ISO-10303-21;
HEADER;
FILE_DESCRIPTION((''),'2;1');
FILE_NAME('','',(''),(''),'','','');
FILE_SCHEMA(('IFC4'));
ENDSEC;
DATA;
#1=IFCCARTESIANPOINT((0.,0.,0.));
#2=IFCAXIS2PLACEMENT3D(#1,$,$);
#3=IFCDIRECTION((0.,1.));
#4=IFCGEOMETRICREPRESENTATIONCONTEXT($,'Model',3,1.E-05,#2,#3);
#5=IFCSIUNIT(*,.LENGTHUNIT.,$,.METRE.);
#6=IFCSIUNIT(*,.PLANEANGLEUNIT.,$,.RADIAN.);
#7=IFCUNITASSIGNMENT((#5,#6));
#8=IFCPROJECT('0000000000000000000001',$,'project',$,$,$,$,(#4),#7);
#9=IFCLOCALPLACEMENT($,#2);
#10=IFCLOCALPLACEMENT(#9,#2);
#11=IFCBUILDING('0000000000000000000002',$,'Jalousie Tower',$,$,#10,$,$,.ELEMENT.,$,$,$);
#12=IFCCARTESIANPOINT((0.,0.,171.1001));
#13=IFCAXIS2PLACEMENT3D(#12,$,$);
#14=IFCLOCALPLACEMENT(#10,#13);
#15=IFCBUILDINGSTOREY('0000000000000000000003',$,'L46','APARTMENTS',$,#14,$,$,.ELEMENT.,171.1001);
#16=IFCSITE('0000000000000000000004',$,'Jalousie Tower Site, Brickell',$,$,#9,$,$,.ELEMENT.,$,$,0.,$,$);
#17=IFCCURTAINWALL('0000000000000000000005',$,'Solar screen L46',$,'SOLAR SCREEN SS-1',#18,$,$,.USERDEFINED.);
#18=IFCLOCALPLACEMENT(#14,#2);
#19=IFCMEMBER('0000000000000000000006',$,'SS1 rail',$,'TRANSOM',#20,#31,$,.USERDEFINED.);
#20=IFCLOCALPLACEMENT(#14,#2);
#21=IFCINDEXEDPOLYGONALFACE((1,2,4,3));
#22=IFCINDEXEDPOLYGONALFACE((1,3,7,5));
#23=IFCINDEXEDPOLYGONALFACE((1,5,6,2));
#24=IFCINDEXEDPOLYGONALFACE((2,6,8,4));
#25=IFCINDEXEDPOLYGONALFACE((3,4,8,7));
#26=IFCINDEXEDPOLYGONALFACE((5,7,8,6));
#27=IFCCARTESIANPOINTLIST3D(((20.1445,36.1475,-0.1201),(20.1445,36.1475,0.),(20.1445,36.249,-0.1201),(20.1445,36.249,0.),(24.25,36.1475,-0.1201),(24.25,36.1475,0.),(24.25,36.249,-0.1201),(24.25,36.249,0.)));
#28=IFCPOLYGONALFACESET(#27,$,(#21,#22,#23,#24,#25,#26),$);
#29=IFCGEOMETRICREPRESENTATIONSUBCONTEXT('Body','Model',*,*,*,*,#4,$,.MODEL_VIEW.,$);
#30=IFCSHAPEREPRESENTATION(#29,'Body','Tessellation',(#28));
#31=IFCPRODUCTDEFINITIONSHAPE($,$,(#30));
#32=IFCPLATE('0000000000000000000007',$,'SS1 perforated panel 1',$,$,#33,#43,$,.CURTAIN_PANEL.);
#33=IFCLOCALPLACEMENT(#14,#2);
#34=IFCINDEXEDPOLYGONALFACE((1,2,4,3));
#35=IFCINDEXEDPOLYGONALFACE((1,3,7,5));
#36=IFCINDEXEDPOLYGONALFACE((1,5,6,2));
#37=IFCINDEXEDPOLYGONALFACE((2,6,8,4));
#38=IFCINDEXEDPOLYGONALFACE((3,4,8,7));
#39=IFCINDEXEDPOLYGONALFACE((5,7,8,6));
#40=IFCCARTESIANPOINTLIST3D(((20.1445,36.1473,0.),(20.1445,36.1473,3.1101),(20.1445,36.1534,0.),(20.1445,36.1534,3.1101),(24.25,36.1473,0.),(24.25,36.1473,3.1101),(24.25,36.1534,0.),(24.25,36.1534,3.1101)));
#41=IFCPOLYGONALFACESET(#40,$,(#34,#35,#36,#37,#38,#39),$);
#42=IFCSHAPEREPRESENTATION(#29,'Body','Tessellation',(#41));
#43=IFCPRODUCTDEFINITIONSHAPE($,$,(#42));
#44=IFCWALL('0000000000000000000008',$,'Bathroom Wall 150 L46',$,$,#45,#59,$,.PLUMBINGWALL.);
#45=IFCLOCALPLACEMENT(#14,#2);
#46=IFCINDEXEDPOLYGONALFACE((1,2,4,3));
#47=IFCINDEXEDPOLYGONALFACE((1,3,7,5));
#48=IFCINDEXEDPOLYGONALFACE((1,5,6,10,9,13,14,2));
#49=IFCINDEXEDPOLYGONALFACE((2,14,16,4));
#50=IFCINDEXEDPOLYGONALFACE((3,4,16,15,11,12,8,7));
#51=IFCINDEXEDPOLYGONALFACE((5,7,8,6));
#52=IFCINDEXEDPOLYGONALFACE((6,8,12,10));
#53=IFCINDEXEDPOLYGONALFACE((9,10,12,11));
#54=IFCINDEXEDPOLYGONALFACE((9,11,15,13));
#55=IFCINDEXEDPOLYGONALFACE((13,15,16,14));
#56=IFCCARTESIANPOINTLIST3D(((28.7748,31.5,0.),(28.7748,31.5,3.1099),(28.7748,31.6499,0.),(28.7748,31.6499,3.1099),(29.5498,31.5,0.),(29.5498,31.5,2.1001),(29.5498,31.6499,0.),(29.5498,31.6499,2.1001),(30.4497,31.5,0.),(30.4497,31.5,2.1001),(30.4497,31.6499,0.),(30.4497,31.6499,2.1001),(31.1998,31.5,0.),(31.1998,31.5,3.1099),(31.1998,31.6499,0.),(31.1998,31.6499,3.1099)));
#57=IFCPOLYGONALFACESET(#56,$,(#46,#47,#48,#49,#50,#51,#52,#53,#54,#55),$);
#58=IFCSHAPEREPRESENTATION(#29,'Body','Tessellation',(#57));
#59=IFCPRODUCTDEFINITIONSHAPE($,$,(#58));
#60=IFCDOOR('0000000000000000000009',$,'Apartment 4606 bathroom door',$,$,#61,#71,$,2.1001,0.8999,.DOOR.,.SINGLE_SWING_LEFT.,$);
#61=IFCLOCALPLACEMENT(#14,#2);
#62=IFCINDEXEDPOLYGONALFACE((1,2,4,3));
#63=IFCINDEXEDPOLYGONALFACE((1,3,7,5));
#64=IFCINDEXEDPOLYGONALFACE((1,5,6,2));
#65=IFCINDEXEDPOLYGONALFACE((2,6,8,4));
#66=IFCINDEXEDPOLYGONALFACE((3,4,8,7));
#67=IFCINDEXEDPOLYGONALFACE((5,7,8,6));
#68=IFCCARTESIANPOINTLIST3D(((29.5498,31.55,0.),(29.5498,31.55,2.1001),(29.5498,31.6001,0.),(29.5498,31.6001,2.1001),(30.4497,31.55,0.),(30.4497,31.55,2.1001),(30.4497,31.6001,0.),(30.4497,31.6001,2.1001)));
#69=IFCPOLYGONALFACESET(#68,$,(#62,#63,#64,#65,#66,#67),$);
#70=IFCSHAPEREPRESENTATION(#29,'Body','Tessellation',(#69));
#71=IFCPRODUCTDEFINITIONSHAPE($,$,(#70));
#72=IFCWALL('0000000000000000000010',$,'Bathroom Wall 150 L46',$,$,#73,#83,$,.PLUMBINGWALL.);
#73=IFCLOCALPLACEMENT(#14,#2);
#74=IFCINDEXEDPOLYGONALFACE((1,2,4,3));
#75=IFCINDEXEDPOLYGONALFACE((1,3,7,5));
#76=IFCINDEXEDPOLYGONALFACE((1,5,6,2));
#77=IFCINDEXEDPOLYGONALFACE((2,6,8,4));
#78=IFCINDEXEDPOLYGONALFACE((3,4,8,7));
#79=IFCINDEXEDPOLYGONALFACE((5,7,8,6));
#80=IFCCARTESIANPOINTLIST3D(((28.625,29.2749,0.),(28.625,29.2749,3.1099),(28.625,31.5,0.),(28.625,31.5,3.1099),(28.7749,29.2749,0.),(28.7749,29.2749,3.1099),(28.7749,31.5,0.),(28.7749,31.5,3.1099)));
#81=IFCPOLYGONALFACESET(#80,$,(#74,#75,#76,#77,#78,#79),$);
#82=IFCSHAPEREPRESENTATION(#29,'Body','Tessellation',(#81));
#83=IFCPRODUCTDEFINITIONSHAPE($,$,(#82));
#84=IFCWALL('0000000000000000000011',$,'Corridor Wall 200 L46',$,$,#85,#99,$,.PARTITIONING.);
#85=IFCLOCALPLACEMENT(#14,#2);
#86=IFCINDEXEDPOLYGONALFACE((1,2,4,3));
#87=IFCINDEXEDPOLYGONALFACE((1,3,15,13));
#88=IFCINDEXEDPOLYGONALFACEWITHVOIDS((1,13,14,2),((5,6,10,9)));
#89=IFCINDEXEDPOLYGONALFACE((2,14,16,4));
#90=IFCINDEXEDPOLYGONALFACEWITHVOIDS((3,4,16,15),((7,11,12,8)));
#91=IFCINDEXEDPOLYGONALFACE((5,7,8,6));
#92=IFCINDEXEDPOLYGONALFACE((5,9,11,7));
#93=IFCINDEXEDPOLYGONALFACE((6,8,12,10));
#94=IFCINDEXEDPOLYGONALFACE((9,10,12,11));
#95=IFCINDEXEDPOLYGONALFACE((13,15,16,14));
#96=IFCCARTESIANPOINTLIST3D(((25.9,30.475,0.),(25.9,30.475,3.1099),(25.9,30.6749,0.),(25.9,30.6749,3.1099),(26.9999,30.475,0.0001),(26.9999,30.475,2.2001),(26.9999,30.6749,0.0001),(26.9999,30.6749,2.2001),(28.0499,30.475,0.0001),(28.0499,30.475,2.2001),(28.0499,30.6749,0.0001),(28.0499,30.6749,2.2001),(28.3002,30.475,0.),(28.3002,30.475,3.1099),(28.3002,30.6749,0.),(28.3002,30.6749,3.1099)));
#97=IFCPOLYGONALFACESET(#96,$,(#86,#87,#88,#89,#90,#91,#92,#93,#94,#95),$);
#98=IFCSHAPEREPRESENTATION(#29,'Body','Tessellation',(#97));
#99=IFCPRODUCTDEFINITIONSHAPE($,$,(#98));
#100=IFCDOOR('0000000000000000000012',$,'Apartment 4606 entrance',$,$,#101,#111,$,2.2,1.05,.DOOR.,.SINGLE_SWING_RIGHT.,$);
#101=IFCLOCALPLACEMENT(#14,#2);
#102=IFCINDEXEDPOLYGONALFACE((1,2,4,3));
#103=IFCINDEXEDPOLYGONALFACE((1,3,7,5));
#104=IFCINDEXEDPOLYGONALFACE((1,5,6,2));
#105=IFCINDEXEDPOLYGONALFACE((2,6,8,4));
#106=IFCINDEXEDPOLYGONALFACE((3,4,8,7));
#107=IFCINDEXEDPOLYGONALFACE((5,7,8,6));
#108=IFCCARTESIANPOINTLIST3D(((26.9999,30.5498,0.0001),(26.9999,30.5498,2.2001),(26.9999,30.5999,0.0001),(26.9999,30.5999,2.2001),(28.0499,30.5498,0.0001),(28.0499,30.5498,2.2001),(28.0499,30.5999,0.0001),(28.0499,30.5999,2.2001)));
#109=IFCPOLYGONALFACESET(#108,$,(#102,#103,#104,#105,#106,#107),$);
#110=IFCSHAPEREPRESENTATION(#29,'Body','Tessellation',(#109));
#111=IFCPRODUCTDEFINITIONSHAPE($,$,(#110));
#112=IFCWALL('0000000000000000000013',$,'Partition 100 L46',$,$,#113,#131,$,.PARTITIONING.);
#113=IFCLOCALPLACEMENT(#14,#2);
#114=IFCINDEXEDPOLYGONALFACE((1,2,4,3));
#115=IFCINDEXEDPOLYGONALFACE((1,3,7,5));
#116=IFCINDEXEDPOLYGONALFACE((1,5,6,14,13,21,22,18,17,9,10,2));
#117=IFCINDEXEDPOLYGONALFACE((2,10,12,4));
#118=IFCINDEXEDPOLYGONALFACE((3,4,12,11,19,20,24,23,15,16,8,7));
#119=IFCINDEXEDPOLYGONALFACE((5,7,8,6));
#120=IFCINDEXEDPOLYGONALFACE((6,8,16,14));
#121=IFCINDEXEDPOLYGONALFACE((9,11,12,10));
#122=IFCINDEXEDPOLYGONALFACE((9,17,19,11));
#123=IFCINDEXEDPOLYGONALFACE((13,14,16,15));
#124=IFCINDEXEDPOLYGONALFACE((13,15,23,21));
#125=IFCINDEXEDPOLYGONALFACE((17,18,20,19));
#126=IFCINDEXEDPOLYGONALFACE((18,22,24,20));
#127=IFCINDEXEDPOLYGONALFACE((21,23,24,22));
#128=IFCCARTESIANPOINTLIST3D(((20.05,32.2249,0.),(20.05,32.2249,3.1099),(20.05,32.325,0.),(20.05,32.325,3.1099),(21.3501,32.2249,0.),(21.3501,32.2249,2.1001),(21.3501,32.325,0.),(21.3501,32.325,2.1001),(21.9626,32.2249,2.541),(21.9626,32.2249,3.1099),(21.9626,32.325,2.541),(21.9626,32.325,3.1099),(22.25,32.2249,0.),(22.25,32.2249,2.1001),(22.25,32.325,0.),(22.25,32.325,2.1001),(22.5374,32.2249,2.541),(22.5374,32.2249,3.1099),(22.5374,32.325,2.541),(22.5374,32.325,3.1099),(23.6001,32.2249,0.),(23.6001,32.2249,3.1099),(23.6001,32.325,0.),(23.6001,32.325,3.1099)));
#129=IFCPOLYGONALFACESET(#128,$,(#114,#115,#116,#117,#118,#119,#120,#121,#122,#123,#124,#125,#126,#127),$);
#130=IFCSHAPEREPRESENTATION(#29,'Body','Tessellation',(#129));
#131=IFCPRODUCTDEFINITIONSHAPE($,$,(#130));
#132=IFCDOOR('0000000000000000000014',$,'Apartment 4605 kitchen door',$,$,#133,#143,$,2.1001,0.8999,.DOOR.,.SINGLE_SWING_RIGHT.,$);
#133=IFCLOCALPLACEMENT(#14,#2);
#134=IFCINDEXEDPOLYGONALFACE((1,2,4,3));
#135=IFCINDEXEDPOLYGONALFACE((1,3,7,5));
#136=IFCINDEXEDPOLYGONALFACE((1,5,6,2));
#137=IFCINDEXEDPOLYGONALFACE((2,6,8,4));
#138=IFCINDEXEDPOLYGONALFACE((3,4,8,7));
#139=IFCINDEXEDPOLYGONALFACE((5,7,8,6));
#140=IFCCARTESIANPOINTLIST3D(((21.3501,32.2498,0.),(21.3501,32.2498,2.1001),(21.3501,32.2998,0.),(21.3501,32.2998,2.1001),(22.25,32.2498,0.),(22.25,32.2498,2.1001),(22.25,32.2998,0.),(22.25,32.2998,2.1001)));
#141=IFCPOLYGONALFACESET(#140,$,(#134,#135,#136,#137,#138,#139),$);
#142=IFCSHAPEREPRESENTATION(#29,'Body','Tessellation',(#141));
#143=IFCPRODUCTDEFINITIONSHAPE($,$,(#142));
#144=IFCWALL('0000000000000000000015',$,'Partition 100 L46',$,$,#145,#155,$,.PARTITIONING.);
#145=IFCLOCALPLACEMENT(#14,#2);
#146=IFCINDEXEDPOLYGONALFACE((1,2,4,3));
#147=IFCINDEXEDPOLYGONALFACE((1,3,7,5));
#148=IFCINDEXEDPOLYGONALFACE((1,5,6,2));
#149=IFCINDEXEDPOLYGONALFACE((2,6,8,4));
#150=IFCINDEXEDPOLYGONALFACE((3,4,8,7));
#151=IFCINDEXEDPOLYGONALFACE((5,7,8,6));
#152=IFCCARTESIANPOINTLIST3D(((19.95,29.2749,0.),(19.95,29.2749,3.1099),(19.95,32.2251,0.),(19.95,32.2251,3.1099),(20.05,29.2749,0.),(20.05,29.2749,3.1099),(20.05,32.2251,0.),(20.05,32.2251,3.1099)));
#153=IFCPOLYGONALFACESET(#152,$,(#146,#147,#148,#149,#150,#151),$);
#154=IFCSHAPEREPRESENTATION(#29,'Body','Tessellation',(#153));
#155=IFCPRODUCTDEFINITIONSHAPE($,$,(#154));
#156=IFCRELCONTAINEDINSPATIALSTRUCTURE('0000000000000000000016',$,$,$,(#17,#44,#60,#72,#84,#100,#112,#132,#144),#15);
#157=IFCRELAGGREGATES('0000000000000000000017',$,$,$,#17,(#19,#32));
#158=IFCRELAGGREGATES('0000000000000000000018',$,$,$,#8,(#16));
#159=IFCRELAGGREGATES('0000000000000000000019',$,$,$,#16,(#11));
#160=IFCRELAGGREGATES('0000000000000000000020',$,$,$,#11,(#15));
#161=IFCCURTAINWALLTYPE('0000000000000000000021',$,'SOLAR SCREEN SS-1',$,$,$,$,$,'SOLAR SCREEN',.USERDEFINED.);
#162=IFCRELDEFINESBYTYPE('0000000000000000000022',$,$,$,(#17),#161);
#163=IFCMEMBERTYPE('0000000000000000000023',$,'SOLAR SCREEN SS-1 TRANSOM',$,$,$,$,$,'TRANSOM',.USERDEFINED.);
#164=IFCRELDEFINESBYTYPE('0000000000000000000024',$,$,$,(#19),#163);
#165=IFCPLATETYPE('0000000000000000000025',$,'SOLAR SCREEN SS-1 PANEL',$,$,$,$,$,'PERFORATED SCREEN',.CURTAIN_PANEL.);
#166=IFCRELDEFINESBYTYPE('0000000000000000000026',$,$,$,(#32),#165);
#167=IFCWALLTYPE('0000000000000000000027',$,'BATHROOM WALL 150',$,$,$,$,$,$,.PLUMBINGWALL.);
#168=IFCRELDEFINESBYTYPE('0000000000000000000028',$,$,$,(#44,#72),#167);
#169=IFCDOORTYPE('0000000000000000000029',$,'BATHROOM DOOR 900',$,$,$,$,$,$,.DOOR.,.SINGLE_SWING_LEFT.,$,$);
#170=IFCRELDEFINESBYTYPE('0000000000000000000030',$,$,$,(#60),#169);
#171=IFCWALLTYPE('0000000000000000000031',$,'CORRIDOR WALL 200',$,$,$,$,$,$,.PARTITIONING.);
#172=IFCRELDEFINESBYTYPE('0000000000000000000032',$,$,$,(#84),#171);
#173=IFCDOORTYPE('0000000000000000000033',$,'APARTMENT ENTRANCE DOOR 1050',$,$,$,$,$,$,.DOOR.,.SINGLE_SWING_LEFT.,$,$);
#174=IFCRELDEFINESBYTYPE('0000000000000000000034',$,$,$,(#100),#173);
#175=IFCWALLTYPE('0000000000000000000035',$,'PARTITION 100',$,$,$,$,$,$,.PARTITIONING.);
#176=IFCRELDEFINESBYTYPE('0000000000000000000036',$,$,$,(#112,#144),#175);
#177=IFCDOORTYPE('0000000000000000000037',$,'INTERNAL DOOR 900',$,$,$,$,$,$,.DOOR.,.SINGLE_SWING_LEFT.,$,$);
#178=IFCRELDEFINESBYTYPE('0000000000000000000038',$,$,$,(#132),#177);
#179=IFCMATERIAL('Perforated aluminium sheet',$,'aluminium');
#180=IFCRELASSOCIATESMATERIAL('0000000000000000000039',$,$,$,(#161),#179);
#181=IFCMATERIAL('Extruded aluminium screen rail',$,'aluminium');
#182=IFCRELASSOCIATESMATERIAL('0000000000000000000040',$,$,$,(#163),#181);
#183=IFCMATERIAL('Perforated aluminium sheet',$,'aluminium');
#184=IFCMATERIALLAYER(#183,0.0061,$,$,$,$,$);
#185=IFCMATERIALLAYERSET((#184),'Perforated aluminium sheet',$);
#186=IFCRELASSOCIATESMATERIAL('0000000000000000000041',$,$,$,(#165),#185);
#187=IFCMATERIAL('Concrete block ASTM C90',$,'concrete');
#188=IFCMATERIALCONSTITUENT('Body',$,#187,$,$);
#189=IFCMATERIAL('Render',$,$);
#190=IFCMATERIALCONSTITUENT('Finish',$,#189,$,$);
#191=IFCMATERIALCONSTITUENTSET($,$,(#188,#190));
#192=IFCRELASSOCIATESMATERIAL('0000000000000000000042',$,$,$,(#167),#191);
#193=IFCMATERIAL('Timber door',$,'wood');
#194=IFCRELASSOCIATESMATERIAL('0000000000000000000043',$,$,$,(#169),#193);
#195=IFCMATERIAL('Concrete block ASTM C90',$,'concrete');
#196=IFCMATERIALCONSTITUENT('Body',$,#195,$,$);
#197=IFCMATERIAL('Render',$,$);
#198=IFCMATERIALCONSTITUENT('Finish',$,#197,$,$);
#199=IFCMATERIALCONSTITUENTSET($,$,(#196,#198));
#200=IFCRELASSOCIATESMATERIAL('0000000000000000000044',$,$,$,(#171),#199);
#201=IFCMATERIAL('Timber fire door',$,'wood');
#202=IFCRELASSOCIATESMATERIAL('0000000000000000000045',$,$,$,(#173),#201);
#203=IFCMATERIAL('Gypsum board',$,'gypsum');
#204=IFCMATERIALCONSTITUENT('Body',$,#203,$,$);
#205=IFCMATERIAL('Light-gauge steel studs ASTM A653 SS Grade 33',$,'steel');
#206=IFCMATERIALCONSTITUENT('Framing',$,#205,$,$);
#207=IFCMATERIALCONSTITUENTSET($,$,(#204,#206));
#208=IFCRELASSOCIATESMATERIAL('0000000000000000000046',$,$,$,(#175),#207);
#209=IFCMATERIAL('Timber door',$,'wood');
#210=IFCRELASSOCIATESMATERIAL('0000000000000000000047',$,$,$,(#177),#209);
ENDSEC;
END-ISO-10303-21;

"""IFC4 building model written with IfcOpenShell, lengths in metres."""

from ifc_helpers import new_model, si_unit, direction, frame, frame_2d, origin, origin_2d, place, context, subcontext, project, spatial, polyline, rectangle, outline, extrude, material, layer, layer_set, constituent, constituent_set, material_profile, profile_set, type_object, element, fill, aggregate, save


model = new_model("IFC4")

# Units and contexts
model_context = context("Model", 3, precision=1e-05, world=origin(), true_north=direction((0.0, 1.0)))
body_context = subcontext(model_context, "Body", "Model", "MODEL_VIEW")
ifc_project = project(units=[si_unit("LENGTHUNIT", "METRE"), si_unit("PLANEANGLEUNIT", "RADIAN")], contexts=[model_context])

# Site, building, storey
site_placement = place(None, origin())
site = spatial("IfcSite", under=ifc_project, at=site_placement, Name="Jalousie Tower Site, Brickell", CompositionType="ELEMENT", RefElevation=0.0)
building_placement = place(site_placement, origin())
building = spatial("IfcBuilding", under=site, at=building_placement, Name="Jalousie Tower", CompositionType="ELEMENT")
storey_placement = place(building_placement, frame((0.0, 0.0, 171.1001)))
storey = spatial("IfcBuildingStorey", under=building, at=storey_placement, Name="L46", Description="APARTMENTS", CompositionType="ELEMENT", Elevation=171.1001)

# Shared definitions
ifc_material_1 = material(Name="Perforated aluminium sheet", Category="aluminium")
curtain_wall_type = type_object("IfcCurtainWallType", Name="SOLAR SCREEN SS-1", ElementType="SOLAR SCREEN", PredefinedType="USERDEFINED", material=ifc_material_1)

# Curtain wall, member, plate
curtain_wall_1_placement = place(storey_placement, origin())
curtain_wall_1 = element("IfcCurtainWall", 1, at=curtain_wall_1_placement, inside=storey, type_object=curtain_wall_type, Name="Solar screen L46", ObjectType="SOLAR SCREEN SS-1", PredefinedType="USERDEFINED")
ifc_material_2 = material(Name="Extruded aluminium screen rail", Category="aluminium")
ifc_material_profile_1 = material_profile(ifc_material_2, rectangle(XDim=0.1016, YDim=0.1201, at=origin_2d()), Name="RAIL 102x120")
ifc_profile_set_1 = profile_set([ifc_material_profile_1], Name="Extruded aluminium screen rail")
member_type_1 = type_object("IfcMemberType", Name="SOLAR SCREEN SS-1 TRANSOM", ElementType="TRANSOM", PredefinedType="USERDEFINED", material=ifc_profile_set_1)
member_1_placement = place(storey_placement, frame((24.25, 36.1982, -0.0601), z_axis=(-1.0, 0.0, 0.0), x_axis=(0.0, -1.0, 0.0)))
member_1 = element("IfcMember", 2, at=member_1_placement, type_object=member_type_1, Name="SS1 rail", ObjectType="TRANSOM", PredefinedType="USERDEFINED", context=body_context, shape_type="SweptSolid", body=[
    extrude(rectangle(XDim=0.1016, YDim=0.1201, at=origin_2d()), origin(), (0.0, 0.0, 1.0), 4.1055),
])
ifc_material_3 = material(Name="Perforated aluminium sheet", Category="aluminium")
ifc_layer_1 = layer(ifc_material_3, 0.0061)
ifc_layer_set_1 = layer_set([ifc_layer_1], Name="Perforated aluminium sheet")
plate_type = type_object("IfcPlateType", Name="SOLAR SCREEN SS-1 PANEL", ElementType="PERFORATED SCREEN", PredefinedType="CURTAIN_PANEL", material=ifc_layer_set_1)
plate_placement = place(storey_placement, frame((22.1973, 36.1504, 0.0), z_axis=(0.0, 0.0, 1.0), x_axis=(-1.0, 0.0, 0.0)))
plate = element("IfcPlate", 3, at=plate_placement, type_object=plate_type, Name="SS1 perforated panel 1", PredefinedType="CURTAIN_PANEL", context=body_context, shape_type="SweptSolid", body=[
    extrude(rectangle(XDim=4.1055, YDim=0.0061, at=origin_2d()), origin(), (0.0, 0.0, 1.0), 3.1101),
])
aggregate(curtain_wall_1, [member_1, plate])

# Wall, opening, door
ifc_material_4 = material(Name="Concrete block ASTM C90", Category="concrete")
ifc_constituent_1 = constituent(ifc_material_4, Name="Body")
ifc_material_5 = material(Name="Render")
ifc_constituent_2 = constituent(ifc_material_5, Name="Finish")
ifc_constituent_set_1 = constituent_set(constituents=[ifc_constituent_1, ifc_constituent_2])
wall_type_1 = type_object("IfcWallType", Name="BATHROOM WALL 150", PredefinedType="PLUMBINGWALL", material=ifc_constituent_set_1)
wall_1_placement = place(storey_placement, frame((28.7749, 31.575, 0.0), z_axis=(0.0, 0.0, 1.0), x_axis=(1.0, 0.0, 0.0)))
wall_1 = element("IfcWall", 4, at=wall_1_placement, inside=storey, type_object=wall_type_1, Name="Bathroom Wall 150 L46", PredefinedType="PLUMBINGWALL", context=body_context, shape_type="SweptSolid", body=[
    extrude(rectangle(XDim=2.425, YDim=0.1499, at=frame_2d((1.2124, 0.0))), origin(), (0.0, 0.0, 1.0), 3.1099),
])
opening_1_placement = place(wall_1_placement, frame((0.7749, 0.0, 0.0)))
opening_1 = element("IfcOpeningElement", 5, at=opening_1_placement, cuts=wall_1, PredefinedType="OPENING", context=body_context, shape_type="SweptSolid", body=[
    extrude(rectangle(XDim=0.8999, YDim=2.1001, at=frame_2d((0.45, 1.05))), frame((0.0, 0.085, 0.0), z_axis=(0.0, -1.0, 0.0), x_axis=(1.0, 0.0, 0.0)), (0.0, 0.0, 1.0), 0.1699),
])
ifc_material_6 = material(Name="Timber door", Category="wood")
door_type_1 = type_object("IfcDoorType", Name="BATHROOM DOOR 900", OperationType="SINGLE_SWING_LEFT", PredefinedType="DOOR", material=ifc_material_6)
door_1_placement = place(opening_1_placement, frame((0.8999, 0.0, 0.0), z_axis=(0.0, 0.0, 1.0), x_axis=(-1.0, 0.0, 0.0)))
door_1 = element("IfcDoor", 6, at=door_1_placement, inside=storey, type_object=door_type_1, Name="Apartment 4606 bathroom door", OperationType="SINGLE_SWING_LEFT", OverallHeight=2.1001, OverallWidth=0.8999, PredefinedType="DOOR", context=body_context, shape_type="SweptSolid", body=[
    extrude(rectangle(XDim=0.8999, YDim=2.1001, at=frame_2d((0.45, 1.05))), frame((0.0, 0.0249, 0.0), z_axis=(0.0, -1.0, 0.0), x_axis=(1.0, 0.0, 0.0)), (0.0, 0.0, 1.0), 0.05),
])
fill(opening_1, door_1)

# Wall
wall_2_placement = place(storey_placement, frame((28.7, 31.5, 0.0), z_axis=(0.0, 0.0, 1.0), x_axis=(0.0, -1.0, 0.0)))
element("IfcWall", 7, at=wall_2_placement, inside=storey, type_object=wall_type_1, Name="Bathroom Wall 150 L46", PredefinedType="PLUMBINGWALL", context=body_context, shape_type="SweptSolid", body=[
    extrude(rectangle(XDim=2.2251, YDim=0.1499, at=frame_2d((1.1125, 0.0))), origin(), (0.0, 0.0, 1.0), 3.1099),
])

# Walls, openings, doors
ifc_material_7 = material(Name="Concrete block ASTM C90", Category="concrete")
ifc_constituent_3 = constituent(ifc_material_7, Name="Body")
ifc_material_8 = material(Name="Render")
ifc_constituent_4 = constituent(ifc_material_8, Name="Finish")
ifc_constituent_set_2 = constituent_set(constituents=[ifc_constituent_3, ifc_constituent_4])
wall_type_2 = type_object("IfcWallType", Name="CORRIDOR WALL 200", PredefinedType="PARTITIONING", material=ifc_constituent_set_2)
wall_3_placement = place(storey_placement, frame((25.8999, 30.575, 0.0), z_axis=(0.0, 0.0, 1.0), x_axis=(1.0, 0.0, 0.0)))
wall_3 = element("IfcWall", 8, at=wall_3_placement, inside=storey, type_object=wall_type_2, Name="Corridor Wall 200 L46", PredefinedType="PARTITIONING", context=body_context, shape_type="SweptSolid", body=[
    extrude(rectangle(XDim=2.4001, YDim=0.2, at=frame_2d((1.2002, 0.0))), origin(), (0.0, 0.0, 1.0), 3.1099),
])
opening_2_placement = place(wall_3_placement, frame((1.1001, 0.0, 0.0)))
opening_2 = element("IfcOpeningElement", 9, at=opening_2_placement, cuts=wall_3, PredefinedType="OPENING", context=body_context, shape_type="SweptSolid", body=[
    extrude(rectangle(XDim=1.05, YDim=2.2, at=frame_2d((0.5249, 1.1001))), frame((0.0, 0.1099, 0.0), z_axis=(0.0, -1.0, 0.0), x_axis=(1.0, 0.0, 0.0)), (0.0, 0.0, 1.0), 0.22),
])
ifc_material_9 = material(Name="Timber fire door", Category="wood")
door_type_2 = type_object("IfcDoorType", Name="APARTMENT ENTRANCE DOOR 1050", OperationType="SINGLE_SWING_LEFT", PredefinedType="DOOR", material=ifc_material_9)
door_2_placement = place(opening_2_placement, origin())
door_2 = element("IfcDoor", 10, at=door_2_placement, inside=storey, type_object=door_type_2, Name="Apartment 4606 entrance", OperationType="SINGLE_SWING_RIGHT", OverallHeight=2.2, OverallWidth=1.05, PredefinedType="DOOR", context=body_context, shape_type="SweptSolid", body=[
    extrude(rectangle(XDim=1.05, YDim=2.2, at=frame_2d((0.5249, 1.1001))), frame((0.0, 0.0249, 0.0), z_axis=(0.0, -1.0, 0.0), x_axis=(1.0, 0.0, 0.0)), (0.0, 0.0, 1.0), 0.05),
])
fill(opening_2, door_2)
ifc_material_10 = material(Name="Gypsum board", Category="gypsum")
ifc_constituent_5 = constituent(ifc_material_10, Name="Body")
ifc_material_11 = material(Name="Light-gauge steel studs ASTM A653 SS Grade 33", Category="steel")
ifc_constituent_6 = constituent(ifc_material_11, Name="Framing")
ifc_constituent_set_3 = constituent_set(constituents=[ifc_constituent_5, ifc_constituent_6])
wall_type_3 = type_object("IfcWallType", Name="PARTITION 100", PredefinedType="PARTITIONING", material=ifc_constituent_set_3)
wall_4_placement = place(storey_placement, frame((20.05, 32.2749, 0.0), z_axis=(0.0, 0.0, 1.0), x_axis=(1.0, 0.0, 0.0)))
wall_4 = element("IfcWall", 11, at=wall_4_placement, inside=storey, type_object=wall_type_3, Name="Partition 100 L46", PredefinedType="PARTITIONING", context=body_context, shape_type="SweptSolid", body=[
    extrude(outline(polyline([(0.0, 0.0), (3.55, 0.0), (3.55, 3.1099), (2.4873, 3.1099), (2.4873, 2.541), (1.9126, 2.541), (1.9126, 3.1099), (0.0, 3.1099), (0.0, 0.0)])), frame((0.0, 0.05, 0.0), z_axis=(0.0, -1.0, 0.0), x_axis=(1.0, 0.0, 0.0)), (0.0, 0.0, 1.0), 0.1001),
])
opening_3_placement = place(wall_4_placement, frame((1.3, 0.0, 0.0)))
opening_3 = element("IfcOpeningElement", 12, at=opening_3_placement, cuts=wall_4, PredefinedType="OPENING", context=body_context, shape_type="SweptSolid", body=[
    extrude(rectangle(XDim=0.8999, YDim=2.1001, at=frame_2d((0.45, 1.05))), frame((0.0, 0.0601, 0.0), z_axis=(0.0, -1.0, 0.0), x_axis=(1.0, 0.0, 0.0)), (0.0, 0.0, 1.0), 0.1201),
])
ifc_material_12 = material(Name="Timber door", Category="wood")
door_type_3 = type_object("IfcDoorType", Name="INTERNAL DOOR 900", OperationType="SINGLE_SWING_LEFT", PredefinedType="DOOR", material=ifc_material_12)
door_3_placement = place(opening_3_placement, origin())
door_3 = element("IfcDoor", 13, at=door_3_placement, inside=storey, type_object=door_type_3, Name="Apartment 4605 kitchen door", OperationType="SINGLE_SWING_RIGHT", OverallHeight=2.1001, OverallWidth=0.8999, PredefinedType="DOOR", context=body_context, shape_type="SweptSolid", body=[
    extrude(rectangle(XDim=0.8999, YDim=2.1001, at=frame_2d((0.45, 1.05))), frame((0.0, 0.0249, 0.0), z_axis=(0.0, -1.0, 0.0), x_axis=(1.0, 0.0, 0.0)), (0.0, 0.0, 1.0), 0.05),
])
fill(opening_3, door_3)

# Wall
wall_5_placement = place(storey_placement, frame((20.0, 32.2251, 0.0), z_axis=(0.0, 0.0, 1.0), x_axis=(0.0, -1.0, 0.0)))
element("IfcWall", 14, at=wall_5_placement, inside=storey, type_object=wall_type_3, Name="Partition 100 L46", PredefinedType="PARTITIONING", context=body_context, shape_type="SweptSolid", body=[
    extrude(rectangle(XDim=2.9502, YDim=0.1001, at=frame_2d((1.4751, 0.0))), origin(), (0.0, 0.0, 1.0), 3.1099),
])

save(model, "model.ifc")
